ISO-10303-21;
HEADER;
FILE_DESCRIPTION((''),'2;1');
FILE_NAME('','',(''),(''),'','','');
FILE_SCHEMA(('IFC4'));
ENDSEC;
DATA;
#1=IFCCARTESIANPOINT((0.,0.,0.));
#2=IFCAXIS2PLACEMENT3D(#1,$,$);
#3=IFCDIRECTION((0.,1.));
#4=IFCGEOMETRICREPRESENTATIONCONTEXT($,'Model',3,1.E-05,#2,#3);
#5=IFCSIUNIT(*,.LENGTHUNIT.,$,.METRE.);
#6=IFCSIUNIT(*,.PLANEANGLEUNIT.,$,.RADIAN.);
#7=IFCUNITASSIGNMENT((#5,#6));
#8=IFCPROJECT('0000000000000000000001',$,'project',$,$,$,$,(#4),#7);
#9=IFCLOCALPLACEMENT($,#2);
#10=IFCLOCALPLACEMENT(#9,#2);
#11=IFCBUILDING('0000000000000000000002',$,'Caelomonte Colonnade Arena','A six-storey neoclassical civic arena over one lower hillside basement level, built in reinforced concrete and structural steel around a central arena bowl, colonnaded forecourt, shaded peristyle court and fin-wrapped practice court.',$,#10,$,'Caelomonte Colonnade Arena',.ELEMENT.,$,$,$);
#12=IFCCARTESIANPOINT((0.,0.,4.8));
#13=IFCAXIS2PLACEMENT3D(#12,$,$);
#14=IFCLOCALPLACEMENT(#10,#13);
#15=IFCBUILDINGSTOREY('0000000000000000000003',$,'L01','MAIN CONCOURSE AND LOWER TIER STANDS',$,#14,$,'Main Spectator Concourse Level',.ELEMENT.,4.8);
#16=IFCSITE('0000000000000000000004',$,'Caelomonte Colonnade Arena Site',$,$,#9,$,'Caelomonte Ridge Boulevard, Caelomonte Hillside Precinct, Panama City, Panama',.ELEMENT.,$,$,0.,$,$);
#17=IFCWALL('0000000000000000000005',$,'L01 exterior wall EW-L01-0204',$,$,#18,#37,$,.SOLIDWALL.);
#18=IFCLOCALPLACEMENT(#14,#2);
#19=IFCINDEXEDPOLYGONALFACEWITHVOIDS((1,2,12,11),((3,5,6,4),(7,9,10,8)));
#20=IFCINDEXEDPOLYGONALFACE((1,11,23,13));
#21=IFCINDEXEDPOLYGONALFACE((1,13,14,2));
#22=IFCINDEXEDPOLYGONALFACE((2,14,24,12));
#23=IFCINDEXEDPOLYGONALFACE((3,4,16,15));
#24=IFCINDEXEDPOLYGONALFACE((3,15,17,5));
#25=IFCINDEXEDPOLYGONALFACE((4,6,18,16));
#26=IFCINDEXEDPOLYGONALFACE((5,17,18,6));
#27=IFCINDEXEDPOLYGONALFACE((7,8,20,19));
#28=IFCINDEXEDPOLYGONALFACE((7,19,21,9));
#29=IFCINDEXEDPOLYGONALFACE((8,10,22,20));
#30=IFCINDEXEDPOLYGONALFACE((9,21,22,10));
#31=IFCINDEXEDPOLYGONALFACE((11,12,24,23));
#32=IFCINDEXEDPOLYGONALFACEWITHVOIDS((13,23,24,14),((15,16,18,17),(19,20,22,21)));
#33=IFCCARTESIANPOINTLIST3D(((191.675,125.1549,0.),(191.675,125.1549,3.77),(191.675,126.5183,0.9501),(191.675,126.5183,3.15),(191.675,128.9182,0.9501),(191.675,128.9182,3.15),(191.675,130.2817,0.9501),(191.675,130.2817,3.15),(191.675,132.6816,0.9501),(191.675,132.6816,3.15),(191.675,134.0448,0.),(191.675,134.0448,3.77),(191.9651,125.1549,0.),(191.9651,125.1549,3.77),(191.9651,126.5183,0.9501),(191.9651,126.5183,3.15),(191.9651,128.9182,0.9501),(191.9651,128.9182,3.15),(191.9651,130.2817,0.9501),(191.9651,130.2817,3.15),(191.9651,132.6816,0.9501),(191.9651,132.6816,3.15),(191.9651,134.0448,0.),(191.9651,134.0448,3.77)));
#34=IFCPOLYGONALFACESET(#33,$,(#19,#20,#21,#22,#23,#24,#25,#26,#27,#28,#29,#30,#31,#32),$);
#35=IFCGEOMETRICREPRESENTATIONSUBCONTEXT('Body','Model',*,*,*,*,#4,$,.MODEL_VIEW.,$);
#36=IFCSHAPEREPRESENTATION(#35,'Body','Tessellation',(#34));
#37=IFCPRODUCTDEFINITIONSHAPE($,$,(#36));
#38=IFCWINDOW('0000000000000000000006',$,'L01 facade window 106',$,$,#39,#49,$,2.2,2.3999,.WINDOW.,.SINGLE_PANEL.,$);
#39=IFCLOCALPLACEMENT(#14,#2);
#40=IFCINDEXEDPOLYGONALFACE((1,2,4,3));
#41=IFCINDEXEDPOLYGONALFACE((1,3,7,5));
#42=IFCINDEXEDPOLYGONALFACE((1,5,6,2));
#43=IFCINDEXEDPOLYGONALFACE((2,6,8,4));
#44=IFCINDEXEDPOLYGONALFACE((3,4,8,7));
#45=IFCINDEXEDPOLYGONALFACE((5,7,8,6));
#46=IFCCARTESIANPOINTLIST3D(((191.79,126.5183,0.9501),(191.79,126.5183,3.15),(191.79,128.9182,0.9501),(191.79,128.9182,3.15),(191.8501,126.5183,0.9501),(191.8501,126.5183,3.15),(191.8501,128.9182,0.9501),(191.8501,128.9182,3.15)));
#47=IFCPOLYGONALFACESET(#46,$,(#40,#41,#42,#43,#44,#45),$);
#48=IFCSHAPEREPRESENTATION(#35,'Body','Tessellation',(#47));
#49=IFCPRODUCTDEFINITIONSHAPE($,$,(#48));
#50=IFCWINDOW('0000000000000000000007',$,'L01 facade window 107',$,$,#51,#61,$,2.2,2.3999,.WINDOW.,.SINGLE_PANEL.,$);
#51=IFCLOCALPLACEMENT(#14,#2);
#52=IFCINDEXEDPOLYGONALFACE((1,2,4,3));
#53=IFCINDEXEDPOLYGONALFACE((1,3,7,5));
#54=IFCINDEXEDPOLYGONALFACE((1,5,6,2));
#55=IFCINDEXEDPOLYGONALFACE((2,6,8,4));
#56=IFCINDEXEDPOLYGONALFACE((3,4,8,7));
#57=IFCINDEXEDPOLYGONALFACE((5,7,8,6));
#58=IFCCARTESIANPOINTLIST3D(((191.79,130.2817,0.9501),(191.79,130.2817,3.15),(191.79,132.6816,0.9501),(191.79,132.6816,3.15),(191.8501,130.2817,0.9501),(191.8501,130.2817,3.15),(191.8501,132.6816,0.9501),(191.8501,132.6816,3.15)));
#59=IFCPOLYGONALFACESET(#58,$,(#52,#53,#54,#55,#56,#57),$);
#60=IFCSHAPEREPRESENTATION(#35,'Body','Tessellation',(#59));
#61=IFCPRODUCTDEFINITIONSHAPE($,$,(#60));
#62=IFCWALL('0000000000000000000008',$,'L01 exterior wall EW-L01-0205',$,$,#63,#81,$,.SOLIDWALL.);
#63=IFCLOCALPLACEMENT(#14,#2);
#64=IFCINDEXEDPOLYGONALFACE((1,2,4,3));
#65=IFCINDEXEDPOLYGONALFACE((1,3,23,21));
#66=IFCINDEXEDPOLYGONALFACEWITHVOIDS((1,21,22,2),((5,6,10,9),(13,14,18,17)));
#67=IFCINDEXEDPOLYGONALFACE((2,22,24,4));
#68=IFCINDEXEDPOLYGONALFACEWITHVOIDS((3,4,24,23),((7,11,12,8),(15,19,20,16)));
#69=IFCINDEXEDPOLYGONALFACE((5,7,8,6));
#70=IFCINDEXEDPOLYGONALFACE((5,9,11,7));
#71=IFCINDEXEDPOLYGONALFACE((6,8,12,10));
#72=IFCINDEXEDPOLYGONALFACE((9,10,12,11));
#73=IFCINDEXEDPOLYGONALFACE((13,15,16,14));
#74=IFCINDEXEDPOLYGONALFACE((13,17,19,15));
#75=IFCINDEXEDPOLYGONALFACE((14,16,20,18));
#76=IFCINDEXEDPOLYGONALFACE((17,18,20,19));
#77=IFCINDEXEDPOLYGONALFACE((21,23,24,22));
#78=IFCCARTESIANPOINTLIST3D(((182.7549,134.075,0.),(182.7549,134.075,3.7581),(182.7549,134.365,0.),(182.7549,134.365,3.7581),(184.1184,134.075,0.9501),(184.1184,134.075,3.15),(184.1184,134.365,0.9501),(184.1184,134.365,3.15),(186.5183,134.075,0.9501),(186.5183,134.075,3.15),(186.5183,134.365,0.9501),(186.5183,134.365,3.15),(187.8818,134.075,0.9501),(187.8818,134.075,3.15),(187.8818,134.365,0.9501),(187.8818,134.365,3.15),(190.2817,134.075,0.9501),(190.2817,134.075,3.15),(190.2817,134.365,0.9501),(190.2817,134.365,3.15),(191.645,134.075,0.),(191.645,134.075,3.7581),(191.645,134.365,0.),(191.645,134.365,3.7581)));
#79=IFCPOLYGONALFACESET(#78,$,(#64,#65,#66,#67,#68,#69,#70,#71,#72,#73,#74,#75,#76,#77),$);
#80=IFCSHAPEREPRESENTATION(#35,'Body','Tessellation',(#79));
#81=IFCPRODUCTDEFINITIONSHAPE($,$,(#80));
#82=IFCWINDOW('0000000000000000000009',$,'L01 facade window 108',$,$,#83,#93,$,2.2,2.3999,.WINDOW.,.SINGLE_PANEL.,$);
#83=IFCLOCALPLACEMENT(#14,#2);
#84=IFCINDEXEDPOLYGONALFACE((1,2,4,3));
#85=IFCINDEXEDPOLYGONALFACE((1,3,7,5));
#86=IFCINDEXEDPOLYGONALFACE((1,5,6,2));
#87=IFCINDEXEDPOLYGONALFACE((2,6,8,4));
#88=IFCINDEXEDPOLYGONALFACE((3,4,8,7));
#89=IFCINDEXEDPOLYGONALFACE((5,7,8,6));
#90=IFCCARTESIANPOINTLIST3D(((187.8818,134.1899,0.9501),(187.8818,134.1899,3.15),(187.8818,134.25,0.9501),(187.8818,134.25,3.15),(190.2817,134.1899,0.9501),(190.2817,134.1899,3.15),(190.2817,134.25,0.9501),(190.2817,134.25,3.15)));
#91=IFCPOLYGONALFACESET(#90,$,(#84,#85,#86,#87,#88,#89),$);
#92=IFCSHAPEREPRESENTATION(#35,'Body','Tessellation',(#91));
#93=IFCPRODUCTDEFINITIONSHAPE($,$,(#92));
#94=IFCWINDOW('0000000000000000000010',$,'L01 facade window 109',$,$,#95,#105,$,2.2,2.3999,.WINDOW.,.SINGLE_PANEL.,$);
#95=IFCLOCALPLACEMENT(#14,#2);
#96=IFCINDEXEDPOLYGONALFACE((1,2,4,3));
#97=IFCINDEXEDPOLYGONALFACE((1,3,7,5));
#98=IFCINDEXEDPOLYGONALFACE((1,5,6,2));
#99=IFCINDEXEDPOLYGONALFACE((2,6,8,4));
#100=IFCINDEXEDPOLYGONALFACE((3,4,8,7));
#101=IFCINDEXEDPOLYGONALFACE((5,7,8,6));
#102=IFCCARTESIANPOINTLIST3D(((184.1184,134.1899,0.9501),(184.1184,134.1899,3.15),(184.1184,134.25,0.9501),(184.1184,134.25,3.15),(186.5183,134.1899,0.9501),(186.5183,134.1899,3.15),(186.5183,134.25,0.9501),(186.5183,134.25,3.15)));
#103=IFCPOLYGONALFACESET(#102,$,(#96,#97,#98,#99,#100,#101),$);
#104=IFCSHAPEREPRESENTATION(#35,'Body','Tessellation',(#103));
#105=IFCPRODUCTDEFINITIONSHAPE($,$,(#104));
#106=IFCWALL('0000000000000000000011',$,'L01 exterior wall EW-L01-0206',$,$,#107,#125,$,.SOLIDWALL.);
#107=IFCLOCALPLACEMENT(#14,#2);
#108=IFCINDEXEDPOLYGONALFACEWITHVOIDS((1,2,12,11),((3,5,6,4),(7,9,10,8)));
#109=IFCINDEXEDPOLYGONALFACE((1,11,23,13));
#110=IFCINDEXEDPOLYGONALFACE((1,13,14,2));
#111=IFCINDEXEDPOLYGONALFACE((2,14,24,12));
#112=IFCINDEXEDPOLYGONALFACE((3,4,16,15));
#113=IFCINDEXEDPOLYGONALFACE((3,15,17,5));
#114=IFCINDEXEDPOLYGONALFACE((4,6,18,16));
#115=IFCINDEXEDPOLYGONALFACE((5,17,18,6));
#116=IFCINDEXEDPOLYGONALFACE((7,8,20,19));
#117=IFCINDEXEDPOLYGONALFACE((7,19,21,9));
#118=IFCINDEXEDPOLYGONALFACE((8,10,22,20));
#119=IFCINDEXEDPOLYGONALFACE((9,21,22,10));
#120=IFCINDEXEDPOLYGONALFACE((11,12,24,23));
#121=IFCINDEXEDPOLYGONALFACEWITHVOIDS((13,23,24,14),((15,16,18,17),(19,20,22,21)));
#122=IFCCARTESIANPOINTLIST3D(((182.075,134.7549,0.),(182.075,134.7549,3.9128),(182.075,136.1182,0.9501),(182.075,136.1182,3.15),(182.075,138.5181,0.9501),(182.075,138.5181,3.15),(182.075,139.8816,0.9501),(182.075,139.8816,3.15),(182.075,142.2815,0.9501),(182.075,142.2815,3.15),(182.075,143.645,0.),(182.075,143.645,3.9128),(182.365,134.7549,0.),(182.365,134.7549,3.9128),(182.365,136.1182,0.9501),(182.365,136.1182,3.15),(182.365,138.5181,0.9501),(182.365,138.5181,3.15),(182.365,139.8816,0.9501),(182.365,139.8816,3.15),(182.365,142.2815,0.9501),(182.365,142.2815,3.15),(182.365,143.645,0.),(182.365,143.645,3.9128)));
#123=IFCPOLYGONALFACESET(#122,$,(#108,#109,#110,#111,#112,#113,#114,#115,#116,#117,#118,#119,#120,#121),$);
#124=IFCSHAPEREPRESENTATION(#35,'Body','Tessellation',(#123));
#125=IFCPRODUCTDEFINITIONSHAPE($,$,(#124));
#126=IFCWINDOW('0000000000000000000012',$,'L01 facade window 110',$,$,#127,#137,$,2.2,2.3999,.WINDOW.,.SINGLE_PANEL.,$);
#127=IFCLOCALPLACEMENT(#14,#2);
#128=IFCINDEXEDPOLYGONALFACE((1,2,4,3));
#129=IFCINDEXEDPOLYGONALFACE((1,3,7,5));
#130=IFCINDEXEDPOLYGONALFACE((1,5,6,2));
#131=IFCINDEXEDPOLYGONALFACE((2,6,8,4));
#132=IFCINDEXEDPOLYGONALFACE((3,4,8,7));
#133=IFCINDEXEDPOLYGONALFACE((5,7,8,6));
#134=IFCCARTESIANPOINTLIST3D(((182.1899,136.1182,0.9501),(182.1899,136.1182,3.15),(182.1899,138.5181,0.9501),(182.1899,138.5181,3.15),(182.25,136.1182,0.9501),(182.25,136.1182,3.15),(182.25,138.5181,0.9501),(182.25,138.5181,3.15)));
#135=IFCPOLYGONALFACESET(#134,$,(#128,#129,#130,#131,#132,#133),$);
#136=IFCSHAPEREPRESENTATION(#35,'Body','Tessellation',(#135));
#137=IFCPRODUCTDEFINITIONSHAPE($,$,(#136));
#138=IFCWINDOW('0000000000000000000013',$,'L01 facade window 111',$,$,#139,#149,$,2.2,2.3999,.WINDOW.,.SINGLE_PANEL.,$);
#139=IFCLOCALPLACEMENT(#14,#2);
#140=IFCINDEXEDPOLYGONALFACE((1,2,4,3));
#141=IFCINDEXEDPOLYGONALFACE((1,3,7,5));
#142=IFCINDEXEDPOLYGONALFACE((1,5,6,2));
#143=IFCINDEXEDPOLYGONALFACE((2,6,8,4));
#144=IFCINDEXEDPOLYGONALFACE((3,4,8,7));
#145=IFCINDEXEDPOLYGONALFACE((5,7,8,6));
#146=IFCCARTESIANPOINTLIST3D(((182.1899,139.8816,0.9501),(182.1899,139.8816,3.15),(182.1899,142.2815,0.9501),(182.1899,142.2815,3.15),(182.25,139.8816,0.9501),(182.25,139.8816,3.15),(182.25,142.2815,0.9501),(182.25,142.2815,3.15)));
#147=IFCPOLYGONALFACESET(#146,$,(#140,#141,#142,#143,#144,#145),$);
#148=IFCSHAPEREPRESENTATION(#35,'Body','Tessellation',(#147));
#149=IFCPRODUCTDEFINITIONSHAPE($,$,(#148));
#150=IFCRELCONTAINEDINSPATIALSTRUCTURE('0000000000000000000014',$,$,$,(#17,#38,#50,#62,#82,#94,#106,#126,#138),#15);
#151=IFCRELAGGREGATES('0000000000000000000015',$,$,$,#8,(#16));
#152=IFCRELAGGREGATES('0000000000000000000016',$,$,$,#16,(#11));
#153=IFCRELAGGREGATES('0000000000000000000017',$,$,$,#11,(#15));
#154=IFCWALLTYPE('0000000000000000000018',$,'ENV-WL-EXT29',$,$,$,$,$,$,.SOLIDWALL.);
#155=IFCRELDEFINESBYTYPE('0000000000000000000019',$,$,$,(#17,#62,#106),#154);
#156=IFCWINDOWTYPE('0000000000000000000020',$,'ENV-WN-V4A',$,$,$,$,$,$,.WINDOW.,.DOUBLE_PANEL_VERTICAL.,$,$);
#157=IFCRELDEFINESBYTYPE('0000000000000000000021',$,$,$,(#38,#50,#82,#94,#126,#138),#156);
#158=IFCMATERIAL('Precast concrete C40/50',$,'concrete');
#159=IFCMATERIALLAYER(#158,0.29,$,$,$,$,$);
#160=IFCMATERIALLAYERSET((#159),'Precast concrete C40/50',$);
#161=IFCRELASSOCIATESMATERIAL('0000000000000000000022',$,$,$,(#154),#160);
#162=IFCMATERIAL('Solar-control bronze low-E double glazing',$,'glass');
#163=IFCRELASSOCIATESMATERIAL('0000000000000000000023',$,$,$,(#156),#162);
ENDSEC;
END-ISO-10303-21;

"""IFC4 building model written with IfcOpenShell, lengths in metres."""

from ifc_helpers import new_model, si_unit, direction, frame, frame_2d, origin, place, context, subcontext, project, spatial, rectangle, extrude, material, layer, layer_set, type_object, element, fill, save


model = new_model("IFC4")

# Units and contexts
model_context = context("Model", 3, precision=1e-05, world=origin(), true_north=direction((0.0, 1.0)))
body_context = subcontext(model_context, "Body", "Model", "MODEL_VIEW")
ifc_project = project(units=[si_unit("LENGTHUNIT", "METRE"), si_unit("PLANEANGLEUNIT", "RADIAN")], contexts=[model_context])

# Site, building, storey
site_placement = place(None, origin())
site = spatial("IfcSite", under=ifc_project, at=site_placement, Name="Caelomonte Colonnade Arena Site", LongName="Caelomonte Ridge Boulevard, Caelomonte Hillside Precinct, Panama City, Panama", CompositionType="ELEMENT", RefElevation=0.0)
building_placement = place(site_placement, origin())
building = spatial("IfcBuilding", under=site, at=building_placement, Name="Caelomonte Colonnade Arena", Description="A six-storey neoclassical civic arena over one lower hillside basement level, built in reinforced concrete and structural steel around a central arena bowl, colonnaded forecourt, shaded peristyle court and fin-wrapped practice court.", LongName="Caelomonte Colonnade Arena", CompositionType="ELEMENT")
storey_placement = place(building_placement, frame((0.0, 0.0, 4.8)))
storey = spatial("IfcBuildingStorey", under=building, at=storey_placement, Name="L01", Description="MAIN CONCOURSE AND LOWER TIER STANDS", LongName="Main Spectator Concourse Level", CompositionType="ELEMENT", Elevation=4.8)

# Walls, openings, windows
ifc_material_1 = material(Name="Precast concrete C40/50", Category="concrete")
ifc_layer = layer(ifc_material_1, 0.29)
ifc_layer_set = layer_set([ifc_layer], Name="Precast concrete C40/50")
wall_type = type_object("IfcWallType", Name="ENV-WL-EXT29", PredefinedType="SOLIDWALL", material=ifc_layer_set)
wall_1_placement = place(storey_placement, frame((191.8201, 125.155, 0.0), z_axis=(0.0, 0.0, 1.0), x_axis=(0.0, 1.0, 0.0)))
wall_1 = element("IfcWall", 1, at=wall_1_placement, inside=storey, type_object=wall_type, Name="L01 exterior wall EW-L01-0204", PredefinedType="SOLIDWALL", context=body_context, shape_type="SweptSolid", body=[
    extrude(rectangle(XDim=8.8899, YDim=0.29, at=frame_2d((4.4448, 0.0))), origin(), (0.0, 0.0, 1.0), 3.77),
])
opening_1_placement = place(wall_1_placement, frame((3.7632, 0.0, 0.95), z_axis=(0.0, 0.0, 1.0), x_axis=(-1.0, 0.0, 0.0)))
opening_1 = element("IfcOpeningElement", 2, at=opening_1_placement, cuts=wall_1, PredefinedType="OPENING", context=body_context, shape_type="SweptSolid", body=[
    extrude(rectangle(XDim=2.3999, YDim=2.2, at=frame_2d((1.2, 1.1001))), frame((0.0, 0.155, 0.0), z_axis=(0.0, -1.0, 0.0), x_axis=(1.0, 0.0, 0.0)), (0.0, 0.0, 1.0), 0.3101),
])
opening_2_placement = place(wall_1_placement, frame((7.5266, 0.0, 0.95), z_axis=(0.0, 0.0, 1.0), x_axis=(-1.0, 0.0, 0.0)))
opening_2 = element("IfcOpeningElement", 3, at=opening_2_placement, cuts=wall_1, PredefinedType="OPENING", context=body_context, shape_type="SweptSolid", body=[
    extrude(rectangle(XDim=2.3999, YDim=2.2, at=frame_2d((1.2, 1.1001))), frame((0.0, 0.155, 0.0), z_axis=(0.0, -1.0, 0.0), x_axis=(1.0, 0.0, 0.0)), (0.0, 0.0, 1.0), 0.3101),
])
ifc_material_2 = material(Name="Solar-control bronze low-E double glazing", Category="glass")
window_type = type_object("IfcWindowType", Name="ENV-WN-V4A", PartitioningType="DOUBLE_PANEL_VERTICAL", PredefinedType="WINDOW", material=ifc_material_2)
window_1_placement = place(opening_1_placement, origin())
window_1 = element("IfcWindow", 4, at=window_1_placement, inside=storey, type_object=window_type, Name="L01 facade window 106", OverallHeight=2.2, OverallWidth=2.3999, PartitioningType="SINGLE_PANEL", PredefinedType="WINDOW", context=body_context, shape_type="SweptSolid", body=[
    extrude(rectangle(XDim=2.3999, YDim=2.2, at=frame_2d((1.2, 1.1001))), frame((0.0, 0.03, 0.0), z_axis=(0.0, -1.0, 0.0), x_axis=(1.0, 0.0, 0.0)), (0.0, 0.0, 1.0), 0.0601),
])
fill(opening_1, window_1)
window_2_placement = place(opening_2_placement, origin())
window_2 = element("IfcWindow", 5, at=window_2_placement, inside=storey, type_object=window_type, Name="L01 facade window 107", OverallHeight=2.2, OverallWidth=2.3999, PartitioningType="SINGLE_PANEL", PredefinedType="WINDOW", context=body_context, shape_type="SweptSolid", body=[
    extrude(rectangle(XDim=2.3999, YDim=2.2, at=frame_2d((1.2, 1.1001))), frame((0.0, 0.03, 0.0), z_axis=(0.0, -1.0, 0.0), x_axis=(1.0, 0.0, 0.0)), (0.0, 0.0, 1.0), 0.0601),
])
fill(opening_2, window_2)
wall_2_placement = place(storey_placement, frame((191.645, 134.22, 0.0), z_axis=(0.0, 0.0, 1.0), x_axis=(-1.0, 0.0, 0.0)))
wall_2 = element("IfcWall", 6, at=wall_2_placement, inside=storey, type_object=wall_type, Name="L01 exterior wall EW-L01-0205", PredefinedType="SOLIDWALL", context=body_context, shape_type="SweptSolid", body=[
    extrude(rectangle(XDim=8.8901, YDim=0.29, at=frame_2d((4.4451, 0.0))), origin(), (0.0, 0.0, 1.0), 3.7581),
])
opening_3_placement = place(wall_2_placement, frame((3.7632, 0.0, 0.95), z_axis=(0.0, 0.0, 1.0), x_axis=(-1.0, 0.0, 0.0)))
opening_3 = element("IfcOpeningElement", 7, at=opening_3_placement, cuts=wall_2, PredefinedType="OPENING", context=body_context, shape_type="SweptSolid", body=[
    extrude(rectangle(XDim=2.3999, YDim=2.2, at=frame_2d((1.2, 1.1001))), frame((0.0, 0.155, 0.0), z_axis=(0.0, -1.0, 0.0), x_axis=(1.0, 0.0, 0.0)), (0.0, 0.0, 1.0), 0.3101),
])
opening_4_placement = place(wall_2_placement, frame((7.5266, 0.0, 0.95), z_axis=(0.0, 0.0, 1.0), x_axis=(-1.0, 0.0, 0.0)))
opening_4 = element("IfcOpeningElement", 8, at=opening_4_placement, cuts=wall_2, PredefinedType="OPENING", context=body_context, shape_type="SweptSolid", body=[
    extrude(rectangle(XDim=2.3999, YDim=2.2, at=frame_2d((1.2, 1.1001))), frame((0.0, 0.155, 0.0), z_axis=(0.0, -1.0, 0.0), x_axis=(1.0, 0.0, 0.0)), (0.0, 0.0, 1.0), 0.3101),
])
window_3_placement = place(opening_3_placement, origin())
window_3 = element("IfcWindow", 9, at=window_3_placement, inside=storey, type_object=window_type, Name="L01 facade window 108", OverallHeight=2.2, OverallWidth=2.3999, PartitioningType="SINGLE_PANEL", PredefinedType="WINDOW", context=body_context, shape_type="SweptSolid", body=[
    extrude(rectangle(XDim=2.3999, YDim=2.2, at=frame_2d((1.2, 1.1001))), frame((0.0, 0.03, 0.0), z_axis=(0.0, -1.0, 0.0), x_axis=(1.0, 0.0, 0.0)), (0.0, 0.0, 1.0), 0.0601),
])
fill(opening_3, window_3)
window_4_placement = place(opening_4_placement, origin())
window_4 = element("IfcWindow", 10, at=window_4_placement, inside=storey, type_object=window_type, Name="L01 facade window 109", OverallHeight=2.2, OverallWidth=2.3999, PartitioningType="SINGLE_PANEL", PredefinedType="WINDOW", context=body_context, shape_type="SweptSolid", body=[
    extrude(rectangle(XDim=2.3999, YDim=2.2, at=frame_2d((1.2, 1.1001))), frame((0.0, 0.03, 0.0), z_axis=(0.0, -1.0, 0.0), x_axis=(1.0, 0.0, 0.0)), (0.0, 0.0, 1.0), 0.0601),
])
fill(opening_4, window_4)
wall_3_placement = place(storey_placement, frame((182.22, 134.7549, 0.0), z_axis=(0.0, 0.0, 1.0), x_axis=(0.0, 1.0, 0.0)))
wall_3 = element("IfcWall", 11, at=wall_3_placement, inside=storey, type_object=wall_type, Name="L01 exterior wall EW-L01-0206", PredefinedType="SOLIDWALL", context=body_context, shape_type="SweptSolid", body=[
    extrude(rectangle(XDim=8.8901, YDim=0.29, at=frame_2d((4.4451, 0.0))), origin(), (0.0, 0.0, 1.0), 3.9128),
])
opening_5_placement = place(wall_3_placement, frame((3.7632, 0.0, 0.95), z_axis=(0.0, 0.0, 1.0), x_axis=(-1.0, 0.0, 0.0)))
opening_5 = element("IfcOpeningElement", 12, at=opening_5_placement, cuts=wall_3, PredefinedType="OPENING", context=body_context, shape_type="SweptSolid", body=[
    extrude(rectangle(XDim=2.3999, YDim=2.2, at=frame_2d((1.2, 1.1001))), frame((0.0, 0.155, 0.0), z_axis=(0.0, -1.0, 0.0), x_axis=(1.0, 0.0, 0.0)), (0.0, 0.0, 1.0), 0.3101),
])
opening_6_placement = place(wall_3_placement, frame((7.5266, 0.0, 0.95), z_axis=(0.0, 0.0, 1.0), x_axis=(-1.0, 0.0, 0.0)))
opening_6 = element("IfcOpeningElement", 13, at=opening_6_placement, cuts=wall_3, PredefinedType="OPENING", context=body_context, shape_type="SweptSolid", body=[
    extrude(rectangle(XDim=2.3999, YDim=2.2, at=frame_2d((1.2, 1.1001))), frame((0.0, 0.155, 0.0), z_axis=(0.0, -1.0, 0.0), x_axis=(1.0, 0.0, 0.0)), (0.0, 0.0, 1.0), 0.3101),
])
window_5_placement = place(opening_5_placement, origin())
window_5 = element("IfcWindow", 14, at=window_5_placement, inside=storey, type_object=window_type, Name="L01 facade window 110", OverallHeight=2.2, OverallWidth=2.3999, PartitioningType="SINGLE_PANEL", PredefinedType="WINDOW", context=body_context, shape_type="SweptSolid", body=[
    extrude(rectangle(XDim=2.3999, YDim=2.2, at=frame_2d((1.2, 1.1001))), frame((0.0, 0.03, 0.0), z_axis=(0.0, -1.0, 0.0), x_axis=(1.0, 0.0, 0.0)), (0.0, 0.0, 1.0), 0.0601),
])
fill(opening_5, window_5)
window_6_placement = place(opening_6_placement, origin())
window_6 = element("IfcWindow", 15, at=window_6_placement, inside=storey, type_object=window_type, Name="L01 facade window 111", OverallHeight=2.2, OverallWidth=2.3999, PartitioningType="SINGLE_PANEL", PredefinedType="WINDOW", context=body_context, shape_type="SweptSolid", body=[
    extrude(rectangle(XDim=2.3999, YDim=2.2, at=frame_2d((1.2, 1.1001))), frame((0.0, 0.03, 0.0), z_axis=(0.0, -1.0, 0.0), x_axis=(1.0, 0.0, 0.0)), (0.0, 0.0, 1.0), 0.0601),
])
fill(opening_6, window_6)

save(model, "model.ifc")
